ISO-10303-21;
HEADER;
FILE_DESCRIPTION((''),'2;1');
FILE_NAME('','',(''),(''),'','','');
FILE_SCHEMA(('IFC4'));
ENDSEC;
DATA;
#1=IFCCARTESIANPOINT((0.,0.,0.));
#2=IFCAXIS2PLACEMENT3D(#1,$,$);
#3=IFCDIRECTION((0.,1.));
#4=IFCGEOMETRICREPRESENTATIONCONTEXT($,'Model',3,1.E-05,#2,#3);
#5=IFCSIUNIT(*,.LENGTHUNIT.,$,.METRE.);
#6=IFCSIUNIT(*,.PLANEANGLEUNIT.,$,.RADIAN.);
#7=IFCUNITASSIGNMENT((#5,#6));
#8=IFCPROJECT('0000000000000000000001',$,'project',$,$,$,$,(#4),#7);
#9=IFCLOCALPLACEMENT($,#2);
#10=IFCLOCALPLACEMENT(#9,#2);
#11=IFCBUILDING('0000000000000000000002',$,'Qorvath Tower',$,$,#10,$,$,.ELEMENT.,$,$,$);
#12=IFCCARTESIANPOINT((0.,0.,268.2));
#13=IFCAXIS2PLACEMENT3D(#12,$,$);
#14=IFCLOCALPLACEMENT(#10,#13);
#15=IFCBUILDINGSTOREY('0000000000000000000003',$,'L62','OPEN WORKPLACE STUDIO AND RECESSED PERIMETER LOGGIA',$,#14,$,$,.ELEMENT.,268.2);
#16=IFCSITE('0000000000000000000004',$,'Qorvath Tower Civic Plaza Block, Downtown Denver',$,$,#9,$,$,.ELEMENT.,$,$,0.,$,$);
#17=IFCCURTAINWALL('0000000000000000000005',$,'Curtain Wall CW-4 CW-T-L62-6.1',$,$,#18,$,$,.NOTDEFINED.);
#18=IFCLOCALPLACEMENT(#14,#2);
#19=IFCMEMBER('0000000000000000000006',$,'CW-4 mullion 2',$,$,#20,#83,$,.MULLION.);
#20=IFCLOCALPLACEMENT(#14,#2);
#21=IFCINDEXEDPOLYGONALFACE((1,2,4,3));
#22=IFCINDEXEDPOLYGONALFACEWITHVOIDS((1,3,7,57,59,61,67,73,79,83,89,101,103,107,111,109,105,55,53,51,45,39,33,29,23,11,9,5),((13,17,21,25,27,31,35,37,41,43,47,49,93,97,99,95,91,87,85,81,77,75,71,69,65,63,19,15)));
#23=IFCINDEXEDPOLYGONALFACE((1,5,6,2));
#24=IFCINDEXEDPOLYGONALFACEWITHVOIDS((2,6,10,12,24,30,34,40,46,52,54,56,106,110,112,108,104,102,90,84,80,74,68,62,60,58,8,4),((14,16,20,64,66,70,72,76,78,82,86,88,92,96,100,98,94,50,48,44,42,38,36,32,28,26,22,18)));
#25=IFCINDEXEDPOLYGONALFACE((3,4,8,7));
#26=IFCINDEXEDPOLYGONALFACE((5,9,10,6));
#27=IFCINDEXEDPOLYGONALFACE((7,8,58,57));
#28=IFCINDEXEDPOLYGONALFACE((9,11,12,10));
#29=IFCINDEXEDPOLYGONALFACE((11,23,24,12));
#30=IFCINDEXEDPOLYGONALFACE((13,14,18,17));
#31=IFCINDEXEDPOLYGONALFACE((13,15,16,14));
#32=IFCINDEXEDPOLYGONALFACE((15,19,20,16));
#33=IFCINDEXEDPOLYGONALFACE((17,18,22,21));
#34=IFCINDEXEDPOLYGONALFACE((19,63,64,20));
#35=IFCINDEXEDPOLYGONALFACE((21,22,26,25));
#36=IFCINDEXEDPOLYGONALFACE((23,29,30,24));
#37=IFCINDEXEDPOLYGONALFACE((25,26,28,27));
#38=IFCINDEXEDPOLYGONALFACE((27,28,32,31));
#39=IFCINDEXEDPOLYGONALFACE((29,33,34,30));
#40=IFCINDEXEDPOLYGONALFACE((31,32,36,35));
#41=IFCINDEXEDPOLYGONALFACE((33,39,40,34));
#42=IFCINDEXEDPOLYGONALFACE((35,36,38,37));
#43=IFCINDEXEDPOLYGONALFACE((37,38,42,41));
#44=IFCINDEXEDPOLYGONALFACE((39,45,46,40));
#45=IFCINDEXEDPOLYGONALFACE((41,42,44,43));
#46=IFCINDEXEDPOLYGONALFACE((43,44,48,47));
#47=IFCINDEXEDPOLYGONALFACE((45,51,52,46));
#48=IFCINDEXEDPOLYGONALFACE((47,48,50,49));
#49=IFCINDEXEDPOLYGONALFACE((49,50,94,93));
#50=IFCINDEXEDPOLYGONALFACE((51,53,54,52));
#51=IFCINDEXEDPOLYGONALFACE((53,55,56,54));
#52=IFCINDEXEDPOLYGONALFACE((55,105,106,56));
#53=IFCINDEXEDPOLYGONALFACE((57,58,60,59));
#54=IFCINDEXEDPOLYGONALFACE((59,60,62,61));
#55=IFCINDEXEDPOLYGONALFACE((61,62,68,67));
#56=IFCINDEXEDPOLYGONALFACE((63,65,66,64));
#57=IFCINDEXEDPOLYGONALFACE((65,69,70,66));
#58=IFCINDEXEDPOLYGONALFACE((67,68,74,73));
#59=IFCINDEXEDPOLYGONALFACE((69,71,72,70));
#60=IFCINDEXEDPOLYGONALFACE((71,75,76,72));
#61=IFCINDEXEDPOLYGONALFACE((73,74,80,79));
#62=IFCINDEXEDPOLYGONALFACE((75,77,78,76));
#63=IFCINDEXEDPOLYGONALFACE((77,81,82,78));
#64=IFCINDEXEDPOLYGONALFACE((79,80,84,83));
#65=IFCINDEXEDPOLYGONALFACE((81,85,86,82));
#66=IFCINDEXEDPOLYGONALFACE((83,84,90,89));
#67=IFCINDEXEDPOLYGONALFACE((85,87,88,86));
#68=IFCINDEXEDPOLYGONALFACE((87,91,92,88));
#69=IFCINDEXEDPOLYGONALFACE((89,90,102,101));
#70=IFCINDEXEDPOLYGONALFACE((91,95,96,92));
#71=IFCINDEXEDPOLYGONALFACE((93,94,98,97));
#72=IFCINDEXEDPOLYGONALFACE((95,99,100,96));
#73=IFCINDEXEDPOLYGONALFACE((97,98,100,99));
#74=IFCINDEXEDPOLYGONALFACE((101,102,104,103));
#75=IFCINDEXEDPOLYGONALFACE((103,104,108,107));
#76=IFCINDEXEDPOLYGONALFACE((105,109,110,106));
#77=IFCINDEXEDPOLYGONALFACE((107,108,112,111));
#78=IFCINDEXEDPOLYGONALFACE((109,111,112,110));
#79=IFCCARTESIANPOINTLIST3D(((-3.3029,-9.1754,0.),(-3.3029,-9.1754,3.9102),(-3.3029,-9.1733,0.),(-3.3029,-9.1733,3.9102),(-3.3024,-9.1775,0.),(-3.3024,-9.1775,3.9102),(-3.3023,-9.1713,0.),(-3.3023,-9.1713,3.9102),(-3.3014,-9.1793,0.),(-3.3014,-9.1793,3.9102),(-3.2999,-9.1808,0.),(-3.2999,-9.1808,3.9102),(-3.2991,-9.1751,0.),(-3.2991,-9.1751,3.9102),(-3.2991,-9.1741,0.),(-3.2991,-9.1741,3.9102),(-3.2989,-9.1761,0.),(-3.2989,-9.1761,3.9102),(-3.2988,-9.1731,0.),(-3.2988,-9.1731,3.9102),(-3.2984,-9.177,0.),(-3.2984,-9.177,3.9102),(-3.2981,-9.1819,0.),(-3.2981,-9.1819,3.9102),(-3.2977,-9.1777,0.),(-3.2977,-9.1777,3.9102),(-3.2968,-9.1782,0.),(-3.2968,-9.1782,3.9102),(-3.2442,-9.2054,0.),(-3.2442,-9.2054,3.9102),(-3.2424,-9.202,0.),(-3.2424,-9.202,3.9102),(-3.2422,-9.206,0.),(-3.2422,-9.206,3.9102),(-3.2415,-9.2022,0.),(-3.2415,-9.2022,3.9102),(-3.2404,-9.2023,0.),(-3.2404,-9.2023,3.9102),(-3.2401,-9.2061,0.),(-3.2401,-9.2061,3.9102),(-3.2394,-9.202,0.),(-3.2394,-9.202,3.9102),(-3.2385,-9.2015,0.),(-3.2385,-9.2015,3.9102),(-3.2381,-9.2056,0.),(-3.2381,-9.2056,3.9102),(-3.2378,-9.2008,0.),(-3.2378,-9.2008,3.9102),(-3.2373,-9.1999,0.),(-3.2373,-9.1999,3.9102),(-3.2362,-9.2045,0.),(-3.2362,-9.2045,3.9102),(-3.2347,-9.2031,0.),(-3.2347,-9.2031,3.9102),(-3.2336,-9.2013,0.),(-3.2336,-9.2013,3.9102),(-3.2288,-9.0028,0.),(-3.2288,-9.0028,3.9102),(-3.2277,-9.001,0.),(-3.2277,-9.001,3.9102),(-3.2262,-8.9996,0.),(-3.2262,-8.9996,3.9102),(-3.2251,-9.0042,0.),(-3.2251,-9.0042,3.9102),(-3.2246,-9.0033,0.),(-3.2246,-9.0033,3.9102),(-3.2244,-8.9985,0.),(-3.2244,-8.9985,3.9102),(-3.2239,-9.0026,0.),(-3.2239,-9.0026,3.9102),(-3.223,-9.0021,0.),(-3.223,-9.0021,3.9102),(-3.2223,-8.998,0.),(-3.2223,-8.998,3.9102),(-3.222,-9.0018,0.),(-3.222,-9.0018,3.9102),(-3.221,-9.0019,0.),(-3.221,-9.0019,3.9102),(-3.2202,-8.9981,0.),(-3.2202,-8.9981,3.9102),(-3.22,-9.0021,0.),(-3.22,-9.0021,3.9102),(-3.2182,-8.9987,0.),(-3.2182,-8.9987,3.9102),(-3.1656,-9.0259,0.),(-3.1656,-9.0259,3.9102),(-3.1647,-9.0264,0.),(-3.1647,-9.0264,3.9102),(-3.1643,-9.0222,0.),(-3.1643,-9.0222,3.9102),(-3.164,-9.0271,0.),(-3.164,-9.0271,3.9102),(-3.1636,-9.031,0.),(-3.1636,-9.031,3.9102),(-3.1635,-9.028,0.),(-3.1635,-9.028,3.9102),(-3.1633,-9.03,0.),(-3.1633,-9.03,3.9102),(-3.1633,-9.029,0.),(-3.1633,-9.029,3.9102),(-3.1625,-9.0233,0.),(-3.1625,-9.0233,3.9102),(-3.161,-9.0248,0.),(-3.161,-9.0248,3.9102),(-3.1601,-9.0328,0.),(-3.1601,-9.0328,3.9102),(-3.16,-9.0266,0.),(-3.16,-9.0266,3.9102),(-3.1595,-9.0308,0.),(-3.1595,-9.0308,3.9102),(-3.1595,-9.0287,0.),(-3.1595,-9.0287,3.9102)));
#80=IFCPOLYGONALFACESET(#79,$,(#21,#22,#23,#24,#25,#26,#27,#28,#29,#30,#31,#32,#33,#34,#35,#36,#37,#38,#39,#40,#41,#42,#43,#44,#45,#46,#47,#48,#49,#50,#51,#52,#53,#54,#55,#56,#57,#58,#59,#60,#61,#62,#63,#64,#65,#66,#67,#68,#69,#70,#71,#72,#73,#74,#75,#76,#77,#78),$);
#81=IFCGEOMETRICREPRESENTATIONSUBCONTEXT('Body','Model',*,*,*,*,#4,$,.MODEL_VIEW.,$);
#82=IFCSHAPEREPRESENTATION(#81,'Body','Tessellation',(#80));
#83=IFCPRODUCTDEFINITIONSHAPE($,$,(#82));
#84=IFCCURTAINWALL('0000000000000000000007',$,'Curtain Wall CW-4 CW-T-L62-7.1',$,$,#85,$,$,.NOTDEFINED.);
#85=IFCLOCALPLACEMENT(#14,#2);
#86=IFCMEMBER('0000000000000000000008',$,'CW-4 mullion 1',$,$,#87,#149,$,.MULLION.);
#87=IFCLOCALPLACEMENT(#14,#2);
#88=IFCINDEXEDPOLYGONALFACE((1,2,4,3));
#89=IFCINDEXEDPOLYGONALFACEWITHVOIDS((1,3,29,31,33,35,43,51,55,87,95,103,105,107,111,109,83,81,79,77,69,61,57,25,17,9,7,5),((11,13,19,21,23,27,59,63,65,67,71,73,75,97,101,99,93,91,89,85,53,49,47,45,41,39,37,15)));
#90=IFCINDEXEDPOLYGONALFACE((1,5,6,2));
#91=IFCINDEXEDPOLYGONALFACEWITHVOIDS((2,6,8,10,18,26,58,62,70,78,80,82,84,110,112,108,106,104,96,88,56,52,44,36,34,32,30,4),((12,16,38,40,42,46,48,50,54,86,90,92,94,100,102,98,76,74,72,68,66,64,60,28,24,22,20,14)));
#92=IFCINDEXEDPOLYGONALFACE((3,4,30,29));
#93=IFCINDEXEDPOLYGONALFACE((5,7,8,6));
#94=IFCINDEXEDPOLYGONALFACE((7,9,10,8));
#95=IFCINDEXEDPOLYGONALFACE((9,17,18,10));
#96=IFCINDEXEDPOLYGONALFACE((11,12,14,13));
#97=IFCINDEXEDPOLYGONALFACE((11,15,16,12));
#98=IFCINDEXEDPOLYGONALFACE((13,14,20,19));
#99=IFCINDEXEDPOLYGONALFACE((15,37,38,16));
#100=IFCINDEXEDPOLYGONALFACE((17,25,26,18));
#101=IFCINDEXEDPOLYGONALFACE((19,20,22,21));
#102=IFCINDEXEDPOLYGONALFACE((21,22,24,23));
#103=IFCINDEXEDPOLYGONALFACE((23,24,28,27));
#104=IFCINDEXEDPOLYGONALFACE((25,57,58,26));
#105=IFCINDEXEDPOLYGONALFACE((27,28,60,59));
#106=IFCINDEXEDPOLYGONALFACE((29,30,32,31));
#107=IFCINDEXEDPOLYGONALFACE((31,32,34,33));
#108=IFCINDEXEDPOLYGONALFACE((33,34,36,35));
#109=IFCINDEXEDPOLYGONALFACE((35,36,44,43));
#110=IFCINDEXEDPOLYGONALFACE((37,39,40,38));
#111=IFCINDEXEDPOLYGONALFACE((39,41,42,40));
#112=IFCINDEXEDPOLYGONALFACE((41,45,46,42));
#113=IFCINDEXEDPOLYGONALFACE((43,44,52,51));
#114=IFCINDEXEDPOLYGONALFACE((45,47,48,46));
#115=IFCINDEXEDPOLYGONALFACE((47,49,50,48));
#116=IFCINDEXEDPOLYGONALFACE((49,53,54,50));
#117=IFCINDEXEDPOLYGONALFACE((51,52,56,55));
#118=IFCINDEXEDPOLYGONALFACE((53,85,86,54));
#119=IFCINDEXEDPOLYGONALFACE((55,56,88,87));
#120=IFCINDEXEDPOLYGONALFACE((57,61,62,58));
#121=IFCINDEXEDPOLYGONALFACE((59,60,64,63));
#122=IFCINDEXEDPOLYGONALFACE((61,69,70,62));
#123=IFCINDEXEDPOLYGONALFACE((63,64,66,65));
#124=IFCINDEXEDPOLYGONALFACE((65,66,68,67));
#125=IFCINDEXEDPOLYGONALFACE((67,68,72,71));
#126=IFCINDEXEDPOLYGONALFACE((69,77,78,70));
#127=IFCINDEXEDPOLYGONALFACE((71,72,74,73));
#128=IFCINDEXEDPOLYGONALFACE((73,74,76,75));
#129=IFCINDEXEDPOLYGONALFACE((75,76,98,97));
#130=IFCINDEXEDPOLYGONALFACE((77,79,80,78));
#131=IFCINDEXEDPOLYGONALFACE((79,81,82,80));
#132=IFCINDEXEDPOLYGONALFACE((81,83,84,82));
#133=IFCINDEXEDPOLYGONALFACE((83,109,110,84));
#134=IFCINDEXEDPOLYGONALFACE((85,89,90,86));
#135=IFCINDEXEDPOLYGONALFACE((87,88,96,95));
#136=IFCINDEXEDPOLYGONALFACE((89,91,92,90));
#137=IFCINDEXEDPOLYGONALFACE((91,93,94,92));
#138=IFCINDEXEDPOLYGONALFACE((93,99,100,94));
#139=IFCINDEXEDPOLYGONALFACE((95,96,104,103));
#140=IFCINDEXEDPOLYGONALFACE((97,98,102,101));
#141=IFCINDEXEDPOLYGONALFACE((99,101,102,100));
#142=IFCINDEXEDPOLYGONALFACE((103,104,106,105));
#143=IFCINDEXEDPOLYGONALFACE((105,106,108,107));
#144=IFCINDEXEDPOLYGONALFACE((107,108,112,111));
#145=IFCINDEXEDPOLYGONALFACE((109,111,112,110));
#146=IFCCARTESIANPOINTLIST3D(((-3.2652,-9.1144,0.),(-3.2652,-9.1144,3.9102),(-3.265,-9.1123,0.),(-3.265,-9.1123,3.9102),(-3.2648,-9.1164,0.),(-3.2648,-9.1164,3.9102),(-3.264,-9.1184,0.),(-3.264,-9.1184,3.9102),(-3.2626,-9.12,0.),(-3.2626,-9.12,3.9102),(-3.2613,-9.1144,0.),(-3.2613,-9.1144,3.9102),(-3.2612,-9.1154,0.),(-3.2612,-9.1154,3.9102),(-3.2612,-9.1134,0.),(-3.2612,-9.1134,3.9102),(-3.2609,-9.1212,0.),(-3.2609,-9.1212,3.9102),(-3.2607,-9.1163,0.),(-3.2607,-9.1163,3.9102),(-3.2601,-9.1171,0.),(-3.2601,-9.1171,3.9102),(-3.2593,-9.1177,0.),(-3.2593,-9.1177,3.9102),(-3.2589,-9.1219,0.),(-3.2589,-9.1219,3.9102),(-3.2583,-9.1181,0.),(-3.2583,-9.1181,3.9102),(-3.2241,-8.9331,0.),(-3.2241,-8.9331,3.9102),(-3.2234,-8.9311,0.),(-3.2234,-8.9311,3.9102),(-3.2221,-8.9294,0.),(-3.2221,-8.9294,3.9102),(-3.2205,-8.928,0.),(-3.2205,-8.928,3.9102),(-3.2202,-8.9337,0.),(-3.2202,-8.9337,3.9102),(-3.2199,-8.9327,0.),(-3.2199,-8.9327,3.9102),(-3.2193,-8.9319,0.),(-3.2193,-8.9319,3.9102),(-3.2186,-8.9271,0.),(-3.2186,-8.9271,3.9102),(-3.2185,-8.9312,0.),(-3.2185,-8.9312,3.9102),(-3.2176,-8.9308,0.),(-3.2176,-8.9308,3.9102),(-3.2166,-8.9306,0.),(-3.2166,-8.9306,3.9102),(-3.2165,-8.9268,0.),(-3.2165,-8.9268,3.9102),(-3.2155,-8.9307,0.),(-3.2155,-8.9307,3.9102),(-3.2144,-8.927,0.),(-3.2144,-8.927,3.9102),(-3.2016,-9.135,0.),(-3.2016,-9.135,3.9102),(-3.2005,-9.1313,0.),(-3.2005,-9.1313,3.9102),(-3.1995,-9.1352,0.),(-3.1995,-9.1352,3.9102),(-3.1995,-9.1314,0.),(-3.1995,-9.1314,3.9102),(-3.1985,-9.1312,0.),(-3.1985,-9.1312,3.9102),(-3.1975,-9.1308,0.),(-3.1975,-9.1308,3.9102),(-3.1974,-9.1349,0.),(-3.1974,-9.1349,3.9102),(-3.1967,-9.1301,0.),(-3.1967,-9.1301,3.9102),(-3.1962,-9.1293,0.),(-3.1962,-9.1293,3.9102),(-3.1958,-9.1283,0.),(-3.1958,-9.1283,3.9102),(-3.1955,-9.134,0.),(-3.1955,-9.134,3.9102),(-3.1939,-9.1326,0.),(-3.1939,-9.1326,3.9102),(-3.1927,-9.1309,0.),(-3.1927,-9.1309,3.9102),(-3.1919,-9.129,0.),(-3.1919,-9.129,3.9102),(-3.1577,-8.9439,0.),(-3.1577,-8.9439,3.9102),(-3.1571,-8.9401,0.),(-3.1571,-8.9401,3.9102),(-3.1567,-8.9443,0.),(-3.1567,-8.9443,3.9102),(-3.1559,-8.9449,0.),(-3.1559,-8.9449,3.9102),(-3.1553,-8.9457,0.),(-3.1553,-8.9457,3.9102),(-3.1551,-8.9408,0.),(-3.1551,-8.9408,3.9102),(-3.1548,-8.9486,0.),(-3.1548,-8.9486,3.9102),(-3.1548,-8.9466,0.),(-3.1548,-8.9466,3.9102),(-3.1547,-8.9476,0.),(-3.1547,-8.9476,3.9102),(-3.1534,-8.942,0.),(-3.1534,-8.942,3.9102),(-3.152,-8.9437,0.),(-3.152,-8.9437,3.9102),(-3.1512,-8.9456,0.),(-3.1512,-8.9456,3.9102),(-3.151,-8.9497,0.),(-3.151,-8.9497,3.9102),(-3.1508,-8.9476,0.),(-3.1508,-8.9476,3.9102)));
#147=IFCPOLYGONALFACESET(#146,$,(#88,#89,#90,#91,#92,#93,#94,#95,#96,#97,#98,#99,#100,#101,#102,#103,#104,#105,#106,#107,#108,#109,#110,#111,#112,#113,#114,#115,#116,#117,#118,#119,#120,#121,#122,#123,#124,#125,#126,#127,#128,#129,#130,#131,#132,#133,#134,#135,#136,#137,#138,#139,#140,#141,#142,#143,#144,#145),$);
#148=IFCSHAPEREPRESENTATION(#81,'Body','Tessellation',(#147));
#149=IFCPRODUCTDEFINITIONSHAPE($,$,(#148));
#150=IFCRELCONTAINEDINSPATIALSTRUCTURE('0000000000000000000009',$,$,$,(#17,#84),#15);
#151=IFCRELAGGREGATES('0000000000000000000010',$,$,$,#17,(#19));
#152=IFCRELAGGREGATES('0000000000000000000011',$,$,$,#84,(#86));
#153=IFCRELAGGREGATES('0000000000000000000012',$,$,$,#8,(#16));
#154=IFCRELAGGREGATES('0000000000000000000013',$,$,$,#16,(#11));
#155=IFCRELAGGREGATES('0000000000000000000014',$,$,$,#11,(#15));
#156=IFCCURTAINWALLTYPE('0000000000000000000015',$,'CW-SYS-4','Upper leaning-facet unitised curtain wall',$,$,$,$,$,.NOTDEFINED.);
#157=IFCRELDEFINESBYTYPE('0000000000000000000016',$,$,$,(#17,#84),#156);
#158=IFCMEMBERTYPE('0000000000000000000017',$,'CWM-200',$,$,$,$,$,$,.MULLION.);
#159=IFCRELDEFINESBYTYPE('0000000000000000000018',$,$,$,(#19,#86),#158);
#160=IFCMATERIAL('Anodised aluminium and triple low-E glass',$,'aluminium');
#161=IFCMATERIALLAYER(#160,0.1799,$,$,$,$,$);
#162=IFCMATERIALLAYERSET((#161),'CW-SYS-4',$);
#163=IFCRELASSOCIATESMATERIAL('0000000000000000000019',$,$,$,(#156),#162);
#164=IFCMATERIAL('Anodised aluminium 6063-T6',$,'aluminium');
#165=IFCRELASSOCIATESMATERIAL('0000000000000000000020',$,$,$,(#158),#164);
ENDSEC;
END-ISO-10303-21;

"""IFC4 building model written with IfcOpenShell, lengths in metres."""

from ifc_helpers import new_model, si_unit, direction, frame, origin, origin_2d, place, context, subcontext, project, spatial, hollow_rectangle, extrude, material, layer, layer_set, material_profile, profile_set, type_object, element, aggregate, save


model = new_model("IFC4")

# Units and contexts
model_context = context("Model", 3, precision=1e-05, world=origin(), true_north=direction((0.0, 1.0)))
body_context = subcontext(model_context, "Body", "Model", "MODEL_VIEW")
ifc_project = project(units=[si_unit("LENGTHUNIT", "METRE"), si_unit("PLANEANGLEUNIT", "RADIAN")], contexts=[model_context])

# Site, building, storey
site_placement = place(None, origin())
site = spatial("IfcSite", under=ifc_project, at=site_placement, Name="Qorvath Tower Civic Plaza Block, Downtown Denver", CompositionType="ELEMENT", RefElevation=0.0)
building_placement = place(site_placement, origin())
building = spatial("IfcBuilding", under=site, at=building_placement, Name="Qorvath Tower", CompositionType="ELEMENT")
storey_placement = place(building_placement, frame((0.0, 0.0, 268.2)))
storey = spatial("IfcBuildingStorey", under=building, at=storey_placement, Name="L62", Description="OPEN WORKPLACE STUDIO AND RECESSED PERIMETER LOGGIA", CompositionType="ELEMENT", Elevation=268.2)

# Shared definitions
ifc_material_1 = material(Name="Anodised aluminium and triple low-E glass", Category="aluminium")
ifc_layer_1 = layer(ifc_material_1, 0.1799)
ifc_layer_set_1 = layer_set([ifc_layer_1], Name="CW-SYS-4")
curtain_wall_type = type_object("IfcCurtainWallType", Name="CW-SYS-4", Description="Upper leaning-facet unitised curtain wall", PredefinedType="NOTDEFINED", material=ifc_layer_set_1)
ifc_material_2 = material(Name="Anodised aluminium 6063-T6", Category="aluminium")
ifc_material_profile_1 = material_profile(ifc_material_2, hollow_rectangle(XDim=0.075, YDim=0.2, WallThickness=0.0039, InnerFilletRadius=0.0039, OuterFilletRadius=0.0081, at=origin_2d()), Name="CWM 200x75")
ifc_profile_set_1 = profile_set([ifc_material_profile_1], Name="Anodised aluminium 6063-T6")
member_type_1 = type_object("IfcMemberType", Name="CWM-200", PredefinedType="MULLION", material=ifc_profile_set_1)

# Curtain wall, member
curtain_wall_1_placement = place(storey_placement, origin())
curtain_wall_1 = element("IfcCurtainWall", 1, at=curtain_wall_1_placement, inside=storey, type_object=curtain_wall_type, Name="Curtain Wall CW-4 CW-T-L62-6.1", PredefinedType="NOTDEFINED")
member_1_placement = place(storey_placement, frame((-3.2312, -9.1021, 0.0), z_axis=(0.0, 0.0, 1.0), x_axis=(-0.916559, 0.3999, 0.0)))
member_1 = element("IfcMember", 2, at=member_1_placement, type_object=member_type_1, Name="CW-4 mullion 2", PredefinedType="MULLION", context=body_context, shape_type="SweptSolid", body=[
    extrude(hollow_rectangle(XDim=0.075, YDim=0.2, WallThickness=0.0039, InnerFilletRadius=0.0039, OuterFilletRadius=0.0081, at=origin_2d()), origin(), (0.0, 0.0, 1.0), 3.9102),
])

# Curtain wall, member
curtain_wall_2_placement = place(storey_placement, origin())
curtain_wall_2 = element("IfcCurtainWall", 3, at=curtain_wall_2_placement, inside=storey, type_object=curtain_wall_type, Name="Curtain Wall CW-4 CW-T-L62-7.1", PredefinedType="NOTDEFINED")
member_2_placement = place(storey_placement, frame((-3.208, -9.031, 0.0), z_axis=(0.0, 0.0, 1.0), x_axis=(-0.974912, 0.222592, 0.0)))
member_2 = element("IfcMember", 4, at=member_2_placement, type_object=member_type_1, Name="CW-4 mullion 1", PredefinedType="MULLION", context=body_context, shape_type="SweptSolid", body=[
    extrude(hollow_rectangle(XDim=0.075, YDim=0.2, WallThickness=0.0039, InnerFilletRadius=0.0039, OuterFilletRadius=0.0081, at=origin_2d()), origin(), (0.0, 0.0, 1.0), 3.9102),
])

aggregate(curtain_wall_1, [member_1])
aggregate(curtain_wall_2, [member_2])

save(model, "model.ifc")
